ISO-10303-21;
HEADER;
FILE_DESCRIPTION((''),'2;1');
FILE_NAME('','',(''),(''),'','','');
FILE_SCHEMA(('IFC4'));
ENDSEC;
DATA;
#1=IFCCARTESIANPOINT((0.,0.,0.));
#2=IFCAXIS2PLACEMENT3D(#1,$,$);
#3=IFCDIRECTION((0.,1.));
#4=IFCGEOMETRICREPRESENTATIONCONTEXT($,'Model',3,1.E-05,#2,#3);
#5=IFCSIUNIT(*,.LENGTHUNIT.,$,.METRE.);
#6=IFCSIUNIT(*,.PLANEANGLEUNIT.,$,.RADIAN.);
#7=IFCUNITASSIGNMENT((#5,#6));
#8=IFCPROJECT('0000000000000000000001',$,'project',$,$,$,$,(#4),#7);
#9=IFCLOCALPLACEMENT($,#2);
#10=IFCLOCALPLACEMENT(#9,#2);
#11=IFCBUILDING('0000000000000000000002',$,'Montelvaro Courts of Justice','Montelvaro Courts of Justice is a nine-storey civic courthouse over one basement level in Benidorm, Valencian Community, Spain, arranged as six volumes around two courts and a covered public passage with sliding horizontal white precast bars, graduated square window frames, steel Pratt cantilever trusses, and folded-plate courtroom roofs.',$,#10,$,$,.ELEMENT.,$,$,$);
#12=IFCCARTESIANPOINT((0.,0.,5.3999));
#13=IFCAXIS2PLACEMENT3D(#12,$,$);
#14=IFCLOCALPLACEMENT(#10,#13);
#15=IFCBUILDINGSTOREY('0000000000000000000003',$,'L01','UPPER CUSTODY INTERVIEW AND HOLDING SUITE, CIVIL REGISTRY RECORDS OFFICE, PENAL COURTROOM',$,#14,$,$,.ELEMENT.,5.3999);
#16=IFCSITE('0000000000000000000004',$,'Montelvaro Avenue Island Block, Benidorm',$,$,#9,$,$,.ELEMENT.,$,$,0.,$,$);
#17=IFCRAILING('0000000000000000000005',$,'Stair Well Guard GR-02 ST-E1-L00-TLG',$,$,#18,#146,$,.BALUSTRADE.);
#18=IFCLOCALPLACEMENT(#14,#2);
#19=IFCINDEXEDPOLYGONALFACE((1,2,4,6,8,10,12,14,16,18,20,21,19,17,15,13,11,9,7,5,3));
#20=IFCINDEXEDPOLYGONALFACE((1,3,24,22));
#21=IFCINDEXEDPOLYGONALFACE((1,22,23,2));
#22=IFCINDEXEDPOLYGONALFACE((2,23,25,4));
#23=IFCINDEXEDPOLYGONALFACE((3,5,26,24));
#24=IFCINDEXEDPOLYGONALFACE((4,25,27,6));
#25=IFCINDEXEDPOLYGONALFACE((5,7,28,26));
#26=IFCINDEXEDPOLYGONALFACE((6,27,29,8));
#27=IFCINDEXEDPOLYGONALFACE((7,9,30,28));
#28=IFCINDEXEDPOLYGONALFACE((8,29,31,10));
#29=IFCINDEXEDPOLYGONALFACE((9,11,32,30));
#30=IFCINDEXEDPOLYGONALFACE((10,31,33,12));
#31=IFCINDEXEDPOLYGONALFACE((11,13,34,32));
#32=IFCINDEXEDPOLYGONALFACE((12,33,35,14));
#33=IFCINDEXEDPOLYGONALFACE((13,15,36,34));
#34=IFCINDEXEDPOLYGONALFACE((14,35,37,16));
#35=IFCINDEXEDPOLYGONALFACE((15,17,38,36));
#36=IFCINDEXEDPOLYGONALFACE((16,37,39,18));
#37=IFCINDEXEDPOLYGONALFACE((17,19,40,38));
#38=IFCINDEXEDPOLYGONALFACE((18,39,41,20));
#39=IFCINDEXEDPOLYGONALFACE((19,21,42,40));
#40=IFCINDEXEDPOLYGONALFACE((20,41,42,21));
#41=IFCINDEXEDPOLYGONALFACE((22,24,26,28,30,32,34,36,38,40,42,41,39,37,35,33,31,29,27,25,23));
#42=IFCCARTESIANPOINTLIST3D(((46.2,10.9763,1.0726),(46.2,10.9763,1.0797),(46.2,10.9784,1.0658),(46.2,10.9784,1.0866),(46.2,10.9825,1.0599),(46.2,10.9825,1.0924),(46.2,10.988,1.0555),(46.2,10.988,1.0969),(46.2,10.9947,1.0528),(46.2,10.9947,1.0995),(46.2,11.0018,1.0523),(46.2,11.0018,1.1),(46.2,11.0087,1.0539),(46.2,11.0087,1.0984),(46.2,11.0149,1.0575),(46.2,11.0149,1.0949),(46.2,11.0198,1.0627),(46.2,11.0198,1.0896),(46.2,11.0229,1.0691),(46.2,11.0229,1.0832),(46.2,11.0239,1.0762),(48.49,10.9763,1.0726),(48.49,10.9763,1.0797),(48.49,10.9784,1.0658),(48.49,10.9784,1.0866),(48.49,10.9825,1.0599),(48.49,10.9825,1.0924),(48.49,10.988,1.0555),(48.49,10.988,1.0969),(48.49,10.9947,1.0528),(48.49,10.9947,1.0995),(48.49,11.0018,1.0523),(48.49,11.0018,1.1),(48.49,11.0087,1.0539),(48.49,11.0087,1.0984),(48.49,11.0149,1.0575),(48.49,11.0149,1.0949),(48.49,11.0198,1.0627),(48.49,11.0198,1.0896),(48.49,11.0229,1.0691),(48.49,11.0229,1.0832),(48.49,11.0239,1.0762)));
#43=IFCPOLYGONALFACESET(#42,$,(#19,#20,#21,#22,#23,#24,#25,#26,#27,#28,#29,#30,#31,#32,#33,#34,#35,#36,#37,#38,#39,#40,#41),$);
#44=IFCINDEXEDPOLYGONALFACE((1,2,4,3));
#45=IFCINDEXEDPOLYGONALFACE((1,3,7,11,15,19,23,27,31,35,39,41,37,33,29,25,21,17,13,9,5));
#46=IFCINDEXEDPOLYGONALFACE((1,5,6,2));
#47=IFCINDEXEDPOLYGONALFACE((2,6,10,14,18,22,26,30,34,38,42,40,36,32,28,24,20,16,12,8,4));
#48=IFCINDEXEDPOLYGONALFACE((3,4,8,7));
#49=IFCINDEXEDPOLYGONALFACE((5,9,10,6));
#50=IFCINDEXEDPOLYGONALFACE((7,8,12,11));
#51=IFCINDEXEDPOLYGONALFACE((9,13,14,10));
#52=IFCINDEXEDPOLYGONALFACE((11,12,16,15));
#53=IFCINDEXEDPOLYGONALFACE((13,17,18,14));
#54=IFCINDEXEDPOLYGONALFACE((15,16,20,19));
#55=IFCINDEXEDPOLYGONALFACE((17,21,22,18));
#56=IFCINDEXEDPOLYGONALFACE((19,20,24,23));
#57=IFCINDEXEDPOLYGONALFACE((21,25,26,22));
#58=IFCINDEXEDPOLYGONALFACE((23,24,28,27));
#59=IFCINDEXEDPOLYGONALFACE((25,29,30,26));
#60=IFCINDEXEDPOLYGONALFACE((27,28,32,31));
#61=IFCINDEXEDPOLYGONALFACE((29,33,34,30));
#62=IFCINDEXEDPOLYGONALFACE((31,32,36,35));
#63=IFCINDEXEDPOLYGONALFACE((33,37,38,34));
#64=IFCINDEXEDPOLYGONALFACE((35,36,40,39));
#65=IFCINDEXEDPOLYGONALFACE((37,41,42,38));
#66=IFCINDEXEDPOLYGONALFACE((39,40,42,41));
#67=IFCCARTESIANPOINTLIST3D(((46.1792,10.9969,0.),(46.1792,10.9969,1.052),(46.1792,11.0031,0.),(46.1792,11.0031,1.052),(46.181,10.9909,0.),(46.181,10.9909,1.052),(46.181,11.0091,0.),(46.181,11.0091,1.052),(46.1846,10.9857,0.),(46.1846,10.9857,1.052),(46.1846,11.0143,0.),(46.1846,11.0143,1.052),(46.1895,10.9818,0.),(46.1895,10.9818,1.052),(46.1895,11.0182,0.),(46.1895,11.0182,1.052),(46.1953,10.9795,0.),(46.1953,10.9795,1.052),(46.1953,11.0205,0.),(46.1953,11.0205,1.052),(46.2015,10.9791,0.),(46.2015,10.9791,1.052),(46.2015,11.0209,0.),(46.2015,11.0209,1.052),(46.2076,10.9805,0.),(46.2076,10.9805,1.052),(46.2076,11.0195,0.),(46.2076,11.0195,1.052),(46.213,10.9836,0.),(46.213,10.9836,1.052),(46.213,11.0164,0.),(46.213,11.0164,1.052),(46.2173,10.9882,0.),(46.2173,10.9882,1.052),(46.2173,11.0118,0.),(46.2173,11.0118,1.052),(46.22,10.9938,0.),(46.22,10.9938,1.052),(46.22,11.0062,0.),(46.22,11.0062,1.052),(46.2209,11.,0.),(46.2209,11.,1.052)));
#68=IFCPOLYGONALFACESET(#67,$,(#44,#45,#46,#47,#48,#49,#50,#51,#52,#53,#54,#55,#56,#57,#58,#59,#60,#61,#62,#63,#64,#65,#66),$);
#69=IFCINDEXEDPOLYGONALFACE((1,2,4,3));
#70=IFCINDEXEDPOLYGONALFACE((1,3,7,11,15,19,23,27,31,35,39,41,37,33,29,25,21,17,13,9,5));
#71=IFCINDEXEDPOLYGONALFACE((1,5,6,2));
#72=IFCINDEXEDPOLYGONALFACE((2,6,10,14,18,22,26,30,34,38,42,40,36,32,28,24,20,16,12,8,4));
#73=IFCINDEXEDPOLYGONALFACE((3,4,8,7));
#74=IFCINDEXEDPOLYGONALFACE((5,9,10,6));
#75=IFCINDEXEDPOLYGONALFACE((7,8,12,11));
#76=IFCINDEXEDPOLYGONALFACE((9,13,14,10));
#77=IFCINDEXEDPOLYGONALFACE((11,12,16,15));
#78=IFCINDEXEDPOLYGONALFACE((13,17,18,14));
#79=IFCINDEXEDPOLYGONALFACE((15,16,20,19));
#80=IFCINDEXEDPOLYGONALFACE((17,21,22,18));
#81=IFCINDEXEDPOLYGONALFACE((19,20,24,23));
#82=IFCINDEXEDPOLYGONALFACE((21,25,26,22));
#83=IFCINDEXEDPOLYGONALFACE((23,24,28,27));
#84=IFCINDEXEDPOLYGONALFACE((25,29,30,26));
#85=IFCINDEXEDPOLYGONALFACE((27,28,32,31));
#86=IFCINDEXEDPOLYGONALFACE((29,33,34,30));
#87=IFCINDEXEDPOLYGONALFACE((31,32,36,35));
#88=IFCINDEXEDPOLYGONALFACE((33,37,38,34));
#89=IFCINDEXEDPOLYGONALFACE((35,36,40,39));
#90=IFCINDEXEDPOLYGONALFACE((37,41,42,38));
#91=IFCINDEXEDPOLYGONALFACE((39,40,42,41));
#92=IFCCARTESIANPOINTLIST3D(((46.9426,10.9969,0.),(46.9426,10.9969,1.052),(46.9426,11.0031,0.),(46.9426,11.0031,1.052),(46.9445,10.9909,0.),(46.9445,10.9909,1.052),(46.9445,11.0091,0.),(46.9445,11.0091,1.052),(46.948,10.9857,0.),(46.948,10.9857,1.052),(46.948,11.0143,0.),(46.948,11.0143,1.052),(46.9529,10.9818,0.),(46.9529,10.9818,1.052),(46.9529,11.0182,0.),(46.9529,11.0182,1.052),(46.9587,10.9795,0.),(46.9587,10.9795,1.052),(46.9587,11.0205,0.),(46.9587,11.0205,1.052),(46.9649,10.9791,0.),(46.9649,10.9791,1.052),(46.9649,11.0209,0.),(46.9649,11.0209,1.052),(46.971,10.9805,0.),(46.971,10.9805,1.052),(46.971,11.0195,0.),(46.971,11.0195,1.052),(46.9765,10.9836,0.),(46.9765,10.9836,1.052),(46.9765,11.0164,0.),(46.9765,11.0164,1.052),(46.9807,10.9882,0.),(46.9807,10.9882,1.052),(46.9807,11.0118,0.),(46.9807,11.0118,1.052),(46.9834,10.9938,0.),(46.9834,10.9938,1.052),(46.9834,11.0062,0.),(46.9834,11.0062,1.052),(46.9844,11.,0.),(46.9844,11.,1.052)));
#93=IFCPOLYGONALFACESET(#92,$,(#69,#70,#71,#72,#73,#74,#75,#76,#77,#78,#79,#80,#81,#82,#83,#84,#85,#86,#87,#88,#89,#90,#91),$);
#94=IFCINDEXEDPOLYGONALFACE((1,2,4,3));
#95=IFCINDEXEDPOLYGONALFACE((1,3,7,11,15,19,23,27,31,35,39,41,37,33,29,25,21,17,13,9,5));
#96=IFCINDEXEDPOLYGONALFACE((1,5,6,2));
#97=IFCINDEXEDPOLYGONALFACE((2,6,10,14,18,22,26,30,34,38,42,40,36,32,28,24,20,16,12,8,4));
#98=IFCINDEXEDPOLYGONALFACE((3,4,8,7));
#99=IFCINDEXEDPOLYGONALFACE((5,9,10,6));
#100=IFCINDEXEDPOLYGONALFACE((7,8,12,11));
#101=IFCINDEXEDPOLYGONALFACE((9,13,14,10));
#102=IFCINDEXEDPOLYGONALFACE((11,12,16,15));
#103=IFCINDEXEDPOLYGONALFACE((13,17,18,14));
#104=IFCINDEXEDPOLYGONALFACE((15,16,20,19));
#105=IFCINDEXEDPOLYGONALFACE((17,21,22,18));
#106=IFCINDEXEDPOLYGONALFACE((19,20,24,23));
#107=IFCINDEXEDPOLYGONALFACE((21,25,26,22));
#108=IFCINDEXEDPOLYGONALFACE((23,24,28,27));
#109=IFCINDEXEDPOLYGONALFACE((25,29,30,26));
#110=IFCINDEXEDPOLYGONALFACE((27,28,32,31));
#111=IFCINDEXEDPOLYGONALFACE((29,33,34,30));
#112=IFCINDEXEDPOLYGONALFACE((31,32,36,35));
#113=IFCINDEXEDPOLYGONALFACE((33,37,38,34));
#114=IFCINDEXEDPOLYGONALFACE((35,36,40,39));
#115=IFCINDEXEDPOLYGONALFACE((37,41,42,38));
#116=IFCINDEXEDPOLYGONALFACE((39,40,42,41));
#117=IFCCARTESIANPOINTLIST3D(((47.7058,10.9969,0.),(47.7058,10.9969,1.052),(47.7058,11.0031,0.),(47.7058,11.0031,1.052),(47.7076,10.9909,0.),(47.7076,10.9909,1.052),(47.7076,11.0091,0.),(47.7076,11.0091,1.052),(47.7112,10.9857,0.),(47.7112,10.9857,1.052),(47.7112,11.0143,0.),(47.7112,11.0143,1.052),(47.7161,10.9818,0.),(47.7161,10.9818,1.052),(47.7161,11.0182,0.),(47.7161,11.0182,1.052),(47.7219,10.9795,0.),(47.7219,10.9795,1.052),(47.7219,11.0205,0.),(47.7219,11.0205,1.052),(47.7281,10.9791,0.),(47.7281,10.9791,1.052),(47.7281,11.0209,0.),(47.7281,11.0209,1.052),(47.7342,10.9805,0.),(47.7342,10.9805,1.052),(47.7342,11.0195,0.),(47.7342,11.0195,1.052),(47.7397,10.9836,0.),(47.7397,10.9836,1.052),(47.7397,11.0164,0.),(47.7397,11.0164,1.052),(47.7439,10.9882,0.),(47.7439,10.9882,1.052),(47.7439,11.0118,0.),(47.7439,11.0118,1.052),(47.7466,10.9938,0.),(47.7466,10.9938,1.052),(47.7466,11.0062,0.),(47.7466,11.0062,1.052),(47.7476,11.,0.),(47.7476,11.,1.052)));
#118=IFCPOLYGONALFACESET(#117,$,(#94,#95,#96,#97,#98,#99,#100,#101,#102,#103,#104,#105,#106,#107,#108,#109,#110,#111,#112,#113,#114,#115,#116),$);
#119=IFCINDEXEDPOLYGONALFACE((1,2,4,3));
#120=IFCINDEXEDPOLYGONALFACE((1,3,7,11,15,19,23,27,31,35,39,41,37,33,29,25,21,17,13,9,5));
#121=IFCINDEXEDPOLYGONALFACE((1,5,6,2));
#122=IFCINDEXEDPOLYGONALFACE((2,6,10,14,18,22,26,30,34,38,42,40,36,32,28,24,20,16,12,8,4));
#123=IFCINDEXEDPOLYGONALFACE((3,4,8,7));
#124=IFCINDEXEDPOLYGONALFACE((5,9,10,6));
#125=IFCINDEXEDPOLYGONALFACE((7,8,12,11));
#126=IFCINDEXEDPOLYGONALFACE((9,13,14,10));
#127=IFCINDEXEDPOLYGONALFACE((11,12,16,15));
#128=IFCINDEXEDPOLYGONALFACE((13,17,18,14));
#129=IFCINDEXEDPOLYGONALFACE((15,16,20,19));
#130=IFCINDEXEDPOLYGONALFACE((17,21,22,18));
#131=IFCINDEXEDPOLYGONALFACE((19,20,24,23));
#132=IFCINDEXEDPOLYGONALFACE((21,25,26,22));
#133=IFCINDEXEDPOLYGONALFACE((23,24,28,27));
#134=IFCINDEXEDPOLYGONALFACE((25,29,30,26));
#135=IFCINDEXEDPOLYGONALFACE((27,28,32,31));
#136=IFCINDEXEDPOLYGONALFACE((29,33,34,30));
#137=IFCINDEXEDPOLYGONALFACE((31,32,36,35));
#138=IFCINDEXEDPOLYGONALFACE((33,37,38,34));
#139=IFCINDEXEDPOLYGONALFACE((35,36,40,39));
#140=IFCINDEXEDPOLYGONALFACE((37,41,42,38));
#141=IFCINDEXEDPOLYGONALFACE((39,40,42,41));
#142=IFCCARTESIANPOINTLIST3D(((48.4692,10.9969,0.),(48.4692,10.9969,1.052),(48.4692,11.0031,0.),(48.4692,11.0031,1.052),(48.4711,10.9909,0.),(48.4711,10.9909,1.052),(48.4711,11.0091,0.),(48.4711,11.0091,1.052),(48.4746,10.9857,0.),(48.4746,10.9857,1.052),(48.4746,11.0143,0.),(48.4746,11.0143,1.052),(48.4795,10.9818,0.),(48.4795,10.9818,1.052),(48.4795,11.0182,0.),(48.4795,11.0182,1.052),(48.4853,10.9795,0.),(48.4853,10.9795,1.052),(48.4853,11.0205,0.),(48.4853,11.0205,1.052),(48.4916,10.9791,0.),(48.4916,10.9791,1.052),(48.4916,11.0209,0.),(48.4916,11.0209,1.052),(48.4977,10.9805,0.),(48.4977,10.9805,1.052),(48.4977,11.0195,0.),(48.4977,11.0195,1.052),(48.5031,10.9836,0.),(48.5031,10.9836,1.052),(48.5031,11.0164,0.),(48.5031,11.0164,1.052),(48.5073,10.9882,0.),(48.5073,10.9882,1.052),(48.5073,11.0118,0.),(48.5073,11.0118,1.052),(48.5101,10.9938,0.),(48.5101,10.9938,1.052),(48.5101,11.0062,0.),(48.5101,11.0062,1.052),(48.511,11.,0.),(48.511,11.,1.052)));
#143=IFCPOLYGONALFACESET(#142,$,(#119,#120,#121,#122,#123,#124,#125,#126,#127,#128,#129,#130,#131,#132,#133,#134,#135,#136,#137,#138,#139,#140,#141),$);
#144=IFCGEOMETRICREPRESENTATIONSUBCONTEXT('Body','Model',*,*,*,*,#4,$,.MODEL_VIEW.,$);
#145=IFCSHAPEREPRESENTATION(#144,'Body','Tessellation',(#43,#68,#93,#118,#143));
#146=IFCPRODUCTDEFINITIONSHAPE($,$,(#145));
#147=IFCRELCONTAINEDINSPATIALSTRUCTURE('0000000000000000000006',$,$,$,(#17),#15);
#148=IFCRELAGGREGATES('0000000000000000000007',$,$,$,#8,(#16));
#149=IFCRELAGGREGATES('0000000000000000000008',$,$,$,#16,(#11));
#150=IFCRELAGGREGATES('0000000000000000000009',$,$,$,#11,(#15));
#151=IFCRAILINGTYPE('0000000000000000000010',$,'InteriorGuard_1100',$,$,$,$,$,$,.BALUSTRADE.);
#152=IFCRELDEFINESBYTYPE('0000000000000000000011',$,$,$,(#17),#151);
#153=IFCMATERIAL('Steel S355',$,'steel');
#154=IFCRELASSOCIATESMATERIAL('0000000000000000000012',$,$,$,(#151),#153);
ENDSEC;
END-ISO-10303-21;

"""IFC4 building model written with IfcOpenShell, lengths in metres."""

from ifc_helpers import new_model, si_unit, direction, frame, origin, origin_2d, place, context, subcontext, project, spatial, circle, extrude, material, type_object, element, save


model = new_model("IFC4")

# Units and contexts
model_context = context("Model", 3, precision=1e-05, world=origin(), true_north=direction((0.0, 1.0)))
body_context = subcontext(model_context, "Body", "Model", "MODEL_VIEW")
ifc_project = project(units=[si_unit("LENGTHUNIT", "METRE"), si_unit("PLANEANGLEUNIT", "RADIAN")], contexts=[model_context])

# Site, building, storey
site_placement = place(None, origin())
site = spatial("IfcSite", under=ifc_project, at=site_placement, Name="Montelvaro Avenue Island Block, Benidorm", CompositionType="ELEMENT", RefElevation=0.0)
building_placement = place(site_placement, origin())
building = spatial("IfcBuilding", under=site, at=building_placement, Name="Montelvaro Courts of Justice", Description="Montelvaro Courts of Justice is a nine-storey civic courthouse over one basement level in Benidorm, Valencian Community, Spain, arranged as six volumes around two courts and a covered public passage with sliding horizontal white precast bars, graduated square window frames, steel Pratt cantilever trusses, and folded-plate courtroom roofs.", CompositionType="ELEMENT")
storey_placement = place(building_placement, frame((0.0, 0.0, 5.3999)))
storey = spatial("IfcBuildingStorey", under=building, at=storey_placement, Name="L01", Description="UPPER CUSTODY INTERVIEW AND HOLDING SUITE, CIVIL REGISTRY RECORDS OFFICE, PENAL COURTROOM", CompositionType="ELEMENT", Elevation=5.3999)

# Shared definitions
ifc_material_1 = material(Name="Steel S355", Category="steel")

# Railing
railing_type_1 = type_object("IfcRailingType", Name="InteriorGuard_1100", PredefinedType="BALUSTRADE", material=ifc_material_1)
railing_1_placement = place(storey_placement, frame((46.2, 11.0, 0.0)))
element("IfcRailing", 1, at=railing_1_placement, inside=storey, type_object=railing_type_1, Name="Stair Well Guard GR-02 ST-E1-L00-TLG", PredefinedType="BALUSTRADE", context=body_context, shape_type="SweptSolid", body=[
    extrude(circle(Radius=0.0239, at=origin_2d()), frame((0.0, 0.0, 1.0762), z_axis=(1.0, 0.0, 0.0), x_axis=(0.0, 1.0, 0.0)), (0.0, 0.0, 1.0), 2.29),
    extrude(circle(Radius=0.021, at=origin_2d()), origin(), (0.0, 0.0, 1.0), 1.052),
    extrude(circle(Radius=0.021, at=origin_2d()), frame((0.7634, 0.0, 0.0)), (0.0, 0.0, 1.0), 1.052),
    extrude(circle(Radius=0.021, at=origin_2d()), frame((1.5266, 0.0, 0.0)), (0.0, 0.0, 1.0), 1.052),
    extrude(circle(Radius=0.021, at=origin_2d()), frame((2.29, 0.0, 0.0)), (0.0, 0.0, 1.0), 1.052),
])

save(model, "model.ifc")
